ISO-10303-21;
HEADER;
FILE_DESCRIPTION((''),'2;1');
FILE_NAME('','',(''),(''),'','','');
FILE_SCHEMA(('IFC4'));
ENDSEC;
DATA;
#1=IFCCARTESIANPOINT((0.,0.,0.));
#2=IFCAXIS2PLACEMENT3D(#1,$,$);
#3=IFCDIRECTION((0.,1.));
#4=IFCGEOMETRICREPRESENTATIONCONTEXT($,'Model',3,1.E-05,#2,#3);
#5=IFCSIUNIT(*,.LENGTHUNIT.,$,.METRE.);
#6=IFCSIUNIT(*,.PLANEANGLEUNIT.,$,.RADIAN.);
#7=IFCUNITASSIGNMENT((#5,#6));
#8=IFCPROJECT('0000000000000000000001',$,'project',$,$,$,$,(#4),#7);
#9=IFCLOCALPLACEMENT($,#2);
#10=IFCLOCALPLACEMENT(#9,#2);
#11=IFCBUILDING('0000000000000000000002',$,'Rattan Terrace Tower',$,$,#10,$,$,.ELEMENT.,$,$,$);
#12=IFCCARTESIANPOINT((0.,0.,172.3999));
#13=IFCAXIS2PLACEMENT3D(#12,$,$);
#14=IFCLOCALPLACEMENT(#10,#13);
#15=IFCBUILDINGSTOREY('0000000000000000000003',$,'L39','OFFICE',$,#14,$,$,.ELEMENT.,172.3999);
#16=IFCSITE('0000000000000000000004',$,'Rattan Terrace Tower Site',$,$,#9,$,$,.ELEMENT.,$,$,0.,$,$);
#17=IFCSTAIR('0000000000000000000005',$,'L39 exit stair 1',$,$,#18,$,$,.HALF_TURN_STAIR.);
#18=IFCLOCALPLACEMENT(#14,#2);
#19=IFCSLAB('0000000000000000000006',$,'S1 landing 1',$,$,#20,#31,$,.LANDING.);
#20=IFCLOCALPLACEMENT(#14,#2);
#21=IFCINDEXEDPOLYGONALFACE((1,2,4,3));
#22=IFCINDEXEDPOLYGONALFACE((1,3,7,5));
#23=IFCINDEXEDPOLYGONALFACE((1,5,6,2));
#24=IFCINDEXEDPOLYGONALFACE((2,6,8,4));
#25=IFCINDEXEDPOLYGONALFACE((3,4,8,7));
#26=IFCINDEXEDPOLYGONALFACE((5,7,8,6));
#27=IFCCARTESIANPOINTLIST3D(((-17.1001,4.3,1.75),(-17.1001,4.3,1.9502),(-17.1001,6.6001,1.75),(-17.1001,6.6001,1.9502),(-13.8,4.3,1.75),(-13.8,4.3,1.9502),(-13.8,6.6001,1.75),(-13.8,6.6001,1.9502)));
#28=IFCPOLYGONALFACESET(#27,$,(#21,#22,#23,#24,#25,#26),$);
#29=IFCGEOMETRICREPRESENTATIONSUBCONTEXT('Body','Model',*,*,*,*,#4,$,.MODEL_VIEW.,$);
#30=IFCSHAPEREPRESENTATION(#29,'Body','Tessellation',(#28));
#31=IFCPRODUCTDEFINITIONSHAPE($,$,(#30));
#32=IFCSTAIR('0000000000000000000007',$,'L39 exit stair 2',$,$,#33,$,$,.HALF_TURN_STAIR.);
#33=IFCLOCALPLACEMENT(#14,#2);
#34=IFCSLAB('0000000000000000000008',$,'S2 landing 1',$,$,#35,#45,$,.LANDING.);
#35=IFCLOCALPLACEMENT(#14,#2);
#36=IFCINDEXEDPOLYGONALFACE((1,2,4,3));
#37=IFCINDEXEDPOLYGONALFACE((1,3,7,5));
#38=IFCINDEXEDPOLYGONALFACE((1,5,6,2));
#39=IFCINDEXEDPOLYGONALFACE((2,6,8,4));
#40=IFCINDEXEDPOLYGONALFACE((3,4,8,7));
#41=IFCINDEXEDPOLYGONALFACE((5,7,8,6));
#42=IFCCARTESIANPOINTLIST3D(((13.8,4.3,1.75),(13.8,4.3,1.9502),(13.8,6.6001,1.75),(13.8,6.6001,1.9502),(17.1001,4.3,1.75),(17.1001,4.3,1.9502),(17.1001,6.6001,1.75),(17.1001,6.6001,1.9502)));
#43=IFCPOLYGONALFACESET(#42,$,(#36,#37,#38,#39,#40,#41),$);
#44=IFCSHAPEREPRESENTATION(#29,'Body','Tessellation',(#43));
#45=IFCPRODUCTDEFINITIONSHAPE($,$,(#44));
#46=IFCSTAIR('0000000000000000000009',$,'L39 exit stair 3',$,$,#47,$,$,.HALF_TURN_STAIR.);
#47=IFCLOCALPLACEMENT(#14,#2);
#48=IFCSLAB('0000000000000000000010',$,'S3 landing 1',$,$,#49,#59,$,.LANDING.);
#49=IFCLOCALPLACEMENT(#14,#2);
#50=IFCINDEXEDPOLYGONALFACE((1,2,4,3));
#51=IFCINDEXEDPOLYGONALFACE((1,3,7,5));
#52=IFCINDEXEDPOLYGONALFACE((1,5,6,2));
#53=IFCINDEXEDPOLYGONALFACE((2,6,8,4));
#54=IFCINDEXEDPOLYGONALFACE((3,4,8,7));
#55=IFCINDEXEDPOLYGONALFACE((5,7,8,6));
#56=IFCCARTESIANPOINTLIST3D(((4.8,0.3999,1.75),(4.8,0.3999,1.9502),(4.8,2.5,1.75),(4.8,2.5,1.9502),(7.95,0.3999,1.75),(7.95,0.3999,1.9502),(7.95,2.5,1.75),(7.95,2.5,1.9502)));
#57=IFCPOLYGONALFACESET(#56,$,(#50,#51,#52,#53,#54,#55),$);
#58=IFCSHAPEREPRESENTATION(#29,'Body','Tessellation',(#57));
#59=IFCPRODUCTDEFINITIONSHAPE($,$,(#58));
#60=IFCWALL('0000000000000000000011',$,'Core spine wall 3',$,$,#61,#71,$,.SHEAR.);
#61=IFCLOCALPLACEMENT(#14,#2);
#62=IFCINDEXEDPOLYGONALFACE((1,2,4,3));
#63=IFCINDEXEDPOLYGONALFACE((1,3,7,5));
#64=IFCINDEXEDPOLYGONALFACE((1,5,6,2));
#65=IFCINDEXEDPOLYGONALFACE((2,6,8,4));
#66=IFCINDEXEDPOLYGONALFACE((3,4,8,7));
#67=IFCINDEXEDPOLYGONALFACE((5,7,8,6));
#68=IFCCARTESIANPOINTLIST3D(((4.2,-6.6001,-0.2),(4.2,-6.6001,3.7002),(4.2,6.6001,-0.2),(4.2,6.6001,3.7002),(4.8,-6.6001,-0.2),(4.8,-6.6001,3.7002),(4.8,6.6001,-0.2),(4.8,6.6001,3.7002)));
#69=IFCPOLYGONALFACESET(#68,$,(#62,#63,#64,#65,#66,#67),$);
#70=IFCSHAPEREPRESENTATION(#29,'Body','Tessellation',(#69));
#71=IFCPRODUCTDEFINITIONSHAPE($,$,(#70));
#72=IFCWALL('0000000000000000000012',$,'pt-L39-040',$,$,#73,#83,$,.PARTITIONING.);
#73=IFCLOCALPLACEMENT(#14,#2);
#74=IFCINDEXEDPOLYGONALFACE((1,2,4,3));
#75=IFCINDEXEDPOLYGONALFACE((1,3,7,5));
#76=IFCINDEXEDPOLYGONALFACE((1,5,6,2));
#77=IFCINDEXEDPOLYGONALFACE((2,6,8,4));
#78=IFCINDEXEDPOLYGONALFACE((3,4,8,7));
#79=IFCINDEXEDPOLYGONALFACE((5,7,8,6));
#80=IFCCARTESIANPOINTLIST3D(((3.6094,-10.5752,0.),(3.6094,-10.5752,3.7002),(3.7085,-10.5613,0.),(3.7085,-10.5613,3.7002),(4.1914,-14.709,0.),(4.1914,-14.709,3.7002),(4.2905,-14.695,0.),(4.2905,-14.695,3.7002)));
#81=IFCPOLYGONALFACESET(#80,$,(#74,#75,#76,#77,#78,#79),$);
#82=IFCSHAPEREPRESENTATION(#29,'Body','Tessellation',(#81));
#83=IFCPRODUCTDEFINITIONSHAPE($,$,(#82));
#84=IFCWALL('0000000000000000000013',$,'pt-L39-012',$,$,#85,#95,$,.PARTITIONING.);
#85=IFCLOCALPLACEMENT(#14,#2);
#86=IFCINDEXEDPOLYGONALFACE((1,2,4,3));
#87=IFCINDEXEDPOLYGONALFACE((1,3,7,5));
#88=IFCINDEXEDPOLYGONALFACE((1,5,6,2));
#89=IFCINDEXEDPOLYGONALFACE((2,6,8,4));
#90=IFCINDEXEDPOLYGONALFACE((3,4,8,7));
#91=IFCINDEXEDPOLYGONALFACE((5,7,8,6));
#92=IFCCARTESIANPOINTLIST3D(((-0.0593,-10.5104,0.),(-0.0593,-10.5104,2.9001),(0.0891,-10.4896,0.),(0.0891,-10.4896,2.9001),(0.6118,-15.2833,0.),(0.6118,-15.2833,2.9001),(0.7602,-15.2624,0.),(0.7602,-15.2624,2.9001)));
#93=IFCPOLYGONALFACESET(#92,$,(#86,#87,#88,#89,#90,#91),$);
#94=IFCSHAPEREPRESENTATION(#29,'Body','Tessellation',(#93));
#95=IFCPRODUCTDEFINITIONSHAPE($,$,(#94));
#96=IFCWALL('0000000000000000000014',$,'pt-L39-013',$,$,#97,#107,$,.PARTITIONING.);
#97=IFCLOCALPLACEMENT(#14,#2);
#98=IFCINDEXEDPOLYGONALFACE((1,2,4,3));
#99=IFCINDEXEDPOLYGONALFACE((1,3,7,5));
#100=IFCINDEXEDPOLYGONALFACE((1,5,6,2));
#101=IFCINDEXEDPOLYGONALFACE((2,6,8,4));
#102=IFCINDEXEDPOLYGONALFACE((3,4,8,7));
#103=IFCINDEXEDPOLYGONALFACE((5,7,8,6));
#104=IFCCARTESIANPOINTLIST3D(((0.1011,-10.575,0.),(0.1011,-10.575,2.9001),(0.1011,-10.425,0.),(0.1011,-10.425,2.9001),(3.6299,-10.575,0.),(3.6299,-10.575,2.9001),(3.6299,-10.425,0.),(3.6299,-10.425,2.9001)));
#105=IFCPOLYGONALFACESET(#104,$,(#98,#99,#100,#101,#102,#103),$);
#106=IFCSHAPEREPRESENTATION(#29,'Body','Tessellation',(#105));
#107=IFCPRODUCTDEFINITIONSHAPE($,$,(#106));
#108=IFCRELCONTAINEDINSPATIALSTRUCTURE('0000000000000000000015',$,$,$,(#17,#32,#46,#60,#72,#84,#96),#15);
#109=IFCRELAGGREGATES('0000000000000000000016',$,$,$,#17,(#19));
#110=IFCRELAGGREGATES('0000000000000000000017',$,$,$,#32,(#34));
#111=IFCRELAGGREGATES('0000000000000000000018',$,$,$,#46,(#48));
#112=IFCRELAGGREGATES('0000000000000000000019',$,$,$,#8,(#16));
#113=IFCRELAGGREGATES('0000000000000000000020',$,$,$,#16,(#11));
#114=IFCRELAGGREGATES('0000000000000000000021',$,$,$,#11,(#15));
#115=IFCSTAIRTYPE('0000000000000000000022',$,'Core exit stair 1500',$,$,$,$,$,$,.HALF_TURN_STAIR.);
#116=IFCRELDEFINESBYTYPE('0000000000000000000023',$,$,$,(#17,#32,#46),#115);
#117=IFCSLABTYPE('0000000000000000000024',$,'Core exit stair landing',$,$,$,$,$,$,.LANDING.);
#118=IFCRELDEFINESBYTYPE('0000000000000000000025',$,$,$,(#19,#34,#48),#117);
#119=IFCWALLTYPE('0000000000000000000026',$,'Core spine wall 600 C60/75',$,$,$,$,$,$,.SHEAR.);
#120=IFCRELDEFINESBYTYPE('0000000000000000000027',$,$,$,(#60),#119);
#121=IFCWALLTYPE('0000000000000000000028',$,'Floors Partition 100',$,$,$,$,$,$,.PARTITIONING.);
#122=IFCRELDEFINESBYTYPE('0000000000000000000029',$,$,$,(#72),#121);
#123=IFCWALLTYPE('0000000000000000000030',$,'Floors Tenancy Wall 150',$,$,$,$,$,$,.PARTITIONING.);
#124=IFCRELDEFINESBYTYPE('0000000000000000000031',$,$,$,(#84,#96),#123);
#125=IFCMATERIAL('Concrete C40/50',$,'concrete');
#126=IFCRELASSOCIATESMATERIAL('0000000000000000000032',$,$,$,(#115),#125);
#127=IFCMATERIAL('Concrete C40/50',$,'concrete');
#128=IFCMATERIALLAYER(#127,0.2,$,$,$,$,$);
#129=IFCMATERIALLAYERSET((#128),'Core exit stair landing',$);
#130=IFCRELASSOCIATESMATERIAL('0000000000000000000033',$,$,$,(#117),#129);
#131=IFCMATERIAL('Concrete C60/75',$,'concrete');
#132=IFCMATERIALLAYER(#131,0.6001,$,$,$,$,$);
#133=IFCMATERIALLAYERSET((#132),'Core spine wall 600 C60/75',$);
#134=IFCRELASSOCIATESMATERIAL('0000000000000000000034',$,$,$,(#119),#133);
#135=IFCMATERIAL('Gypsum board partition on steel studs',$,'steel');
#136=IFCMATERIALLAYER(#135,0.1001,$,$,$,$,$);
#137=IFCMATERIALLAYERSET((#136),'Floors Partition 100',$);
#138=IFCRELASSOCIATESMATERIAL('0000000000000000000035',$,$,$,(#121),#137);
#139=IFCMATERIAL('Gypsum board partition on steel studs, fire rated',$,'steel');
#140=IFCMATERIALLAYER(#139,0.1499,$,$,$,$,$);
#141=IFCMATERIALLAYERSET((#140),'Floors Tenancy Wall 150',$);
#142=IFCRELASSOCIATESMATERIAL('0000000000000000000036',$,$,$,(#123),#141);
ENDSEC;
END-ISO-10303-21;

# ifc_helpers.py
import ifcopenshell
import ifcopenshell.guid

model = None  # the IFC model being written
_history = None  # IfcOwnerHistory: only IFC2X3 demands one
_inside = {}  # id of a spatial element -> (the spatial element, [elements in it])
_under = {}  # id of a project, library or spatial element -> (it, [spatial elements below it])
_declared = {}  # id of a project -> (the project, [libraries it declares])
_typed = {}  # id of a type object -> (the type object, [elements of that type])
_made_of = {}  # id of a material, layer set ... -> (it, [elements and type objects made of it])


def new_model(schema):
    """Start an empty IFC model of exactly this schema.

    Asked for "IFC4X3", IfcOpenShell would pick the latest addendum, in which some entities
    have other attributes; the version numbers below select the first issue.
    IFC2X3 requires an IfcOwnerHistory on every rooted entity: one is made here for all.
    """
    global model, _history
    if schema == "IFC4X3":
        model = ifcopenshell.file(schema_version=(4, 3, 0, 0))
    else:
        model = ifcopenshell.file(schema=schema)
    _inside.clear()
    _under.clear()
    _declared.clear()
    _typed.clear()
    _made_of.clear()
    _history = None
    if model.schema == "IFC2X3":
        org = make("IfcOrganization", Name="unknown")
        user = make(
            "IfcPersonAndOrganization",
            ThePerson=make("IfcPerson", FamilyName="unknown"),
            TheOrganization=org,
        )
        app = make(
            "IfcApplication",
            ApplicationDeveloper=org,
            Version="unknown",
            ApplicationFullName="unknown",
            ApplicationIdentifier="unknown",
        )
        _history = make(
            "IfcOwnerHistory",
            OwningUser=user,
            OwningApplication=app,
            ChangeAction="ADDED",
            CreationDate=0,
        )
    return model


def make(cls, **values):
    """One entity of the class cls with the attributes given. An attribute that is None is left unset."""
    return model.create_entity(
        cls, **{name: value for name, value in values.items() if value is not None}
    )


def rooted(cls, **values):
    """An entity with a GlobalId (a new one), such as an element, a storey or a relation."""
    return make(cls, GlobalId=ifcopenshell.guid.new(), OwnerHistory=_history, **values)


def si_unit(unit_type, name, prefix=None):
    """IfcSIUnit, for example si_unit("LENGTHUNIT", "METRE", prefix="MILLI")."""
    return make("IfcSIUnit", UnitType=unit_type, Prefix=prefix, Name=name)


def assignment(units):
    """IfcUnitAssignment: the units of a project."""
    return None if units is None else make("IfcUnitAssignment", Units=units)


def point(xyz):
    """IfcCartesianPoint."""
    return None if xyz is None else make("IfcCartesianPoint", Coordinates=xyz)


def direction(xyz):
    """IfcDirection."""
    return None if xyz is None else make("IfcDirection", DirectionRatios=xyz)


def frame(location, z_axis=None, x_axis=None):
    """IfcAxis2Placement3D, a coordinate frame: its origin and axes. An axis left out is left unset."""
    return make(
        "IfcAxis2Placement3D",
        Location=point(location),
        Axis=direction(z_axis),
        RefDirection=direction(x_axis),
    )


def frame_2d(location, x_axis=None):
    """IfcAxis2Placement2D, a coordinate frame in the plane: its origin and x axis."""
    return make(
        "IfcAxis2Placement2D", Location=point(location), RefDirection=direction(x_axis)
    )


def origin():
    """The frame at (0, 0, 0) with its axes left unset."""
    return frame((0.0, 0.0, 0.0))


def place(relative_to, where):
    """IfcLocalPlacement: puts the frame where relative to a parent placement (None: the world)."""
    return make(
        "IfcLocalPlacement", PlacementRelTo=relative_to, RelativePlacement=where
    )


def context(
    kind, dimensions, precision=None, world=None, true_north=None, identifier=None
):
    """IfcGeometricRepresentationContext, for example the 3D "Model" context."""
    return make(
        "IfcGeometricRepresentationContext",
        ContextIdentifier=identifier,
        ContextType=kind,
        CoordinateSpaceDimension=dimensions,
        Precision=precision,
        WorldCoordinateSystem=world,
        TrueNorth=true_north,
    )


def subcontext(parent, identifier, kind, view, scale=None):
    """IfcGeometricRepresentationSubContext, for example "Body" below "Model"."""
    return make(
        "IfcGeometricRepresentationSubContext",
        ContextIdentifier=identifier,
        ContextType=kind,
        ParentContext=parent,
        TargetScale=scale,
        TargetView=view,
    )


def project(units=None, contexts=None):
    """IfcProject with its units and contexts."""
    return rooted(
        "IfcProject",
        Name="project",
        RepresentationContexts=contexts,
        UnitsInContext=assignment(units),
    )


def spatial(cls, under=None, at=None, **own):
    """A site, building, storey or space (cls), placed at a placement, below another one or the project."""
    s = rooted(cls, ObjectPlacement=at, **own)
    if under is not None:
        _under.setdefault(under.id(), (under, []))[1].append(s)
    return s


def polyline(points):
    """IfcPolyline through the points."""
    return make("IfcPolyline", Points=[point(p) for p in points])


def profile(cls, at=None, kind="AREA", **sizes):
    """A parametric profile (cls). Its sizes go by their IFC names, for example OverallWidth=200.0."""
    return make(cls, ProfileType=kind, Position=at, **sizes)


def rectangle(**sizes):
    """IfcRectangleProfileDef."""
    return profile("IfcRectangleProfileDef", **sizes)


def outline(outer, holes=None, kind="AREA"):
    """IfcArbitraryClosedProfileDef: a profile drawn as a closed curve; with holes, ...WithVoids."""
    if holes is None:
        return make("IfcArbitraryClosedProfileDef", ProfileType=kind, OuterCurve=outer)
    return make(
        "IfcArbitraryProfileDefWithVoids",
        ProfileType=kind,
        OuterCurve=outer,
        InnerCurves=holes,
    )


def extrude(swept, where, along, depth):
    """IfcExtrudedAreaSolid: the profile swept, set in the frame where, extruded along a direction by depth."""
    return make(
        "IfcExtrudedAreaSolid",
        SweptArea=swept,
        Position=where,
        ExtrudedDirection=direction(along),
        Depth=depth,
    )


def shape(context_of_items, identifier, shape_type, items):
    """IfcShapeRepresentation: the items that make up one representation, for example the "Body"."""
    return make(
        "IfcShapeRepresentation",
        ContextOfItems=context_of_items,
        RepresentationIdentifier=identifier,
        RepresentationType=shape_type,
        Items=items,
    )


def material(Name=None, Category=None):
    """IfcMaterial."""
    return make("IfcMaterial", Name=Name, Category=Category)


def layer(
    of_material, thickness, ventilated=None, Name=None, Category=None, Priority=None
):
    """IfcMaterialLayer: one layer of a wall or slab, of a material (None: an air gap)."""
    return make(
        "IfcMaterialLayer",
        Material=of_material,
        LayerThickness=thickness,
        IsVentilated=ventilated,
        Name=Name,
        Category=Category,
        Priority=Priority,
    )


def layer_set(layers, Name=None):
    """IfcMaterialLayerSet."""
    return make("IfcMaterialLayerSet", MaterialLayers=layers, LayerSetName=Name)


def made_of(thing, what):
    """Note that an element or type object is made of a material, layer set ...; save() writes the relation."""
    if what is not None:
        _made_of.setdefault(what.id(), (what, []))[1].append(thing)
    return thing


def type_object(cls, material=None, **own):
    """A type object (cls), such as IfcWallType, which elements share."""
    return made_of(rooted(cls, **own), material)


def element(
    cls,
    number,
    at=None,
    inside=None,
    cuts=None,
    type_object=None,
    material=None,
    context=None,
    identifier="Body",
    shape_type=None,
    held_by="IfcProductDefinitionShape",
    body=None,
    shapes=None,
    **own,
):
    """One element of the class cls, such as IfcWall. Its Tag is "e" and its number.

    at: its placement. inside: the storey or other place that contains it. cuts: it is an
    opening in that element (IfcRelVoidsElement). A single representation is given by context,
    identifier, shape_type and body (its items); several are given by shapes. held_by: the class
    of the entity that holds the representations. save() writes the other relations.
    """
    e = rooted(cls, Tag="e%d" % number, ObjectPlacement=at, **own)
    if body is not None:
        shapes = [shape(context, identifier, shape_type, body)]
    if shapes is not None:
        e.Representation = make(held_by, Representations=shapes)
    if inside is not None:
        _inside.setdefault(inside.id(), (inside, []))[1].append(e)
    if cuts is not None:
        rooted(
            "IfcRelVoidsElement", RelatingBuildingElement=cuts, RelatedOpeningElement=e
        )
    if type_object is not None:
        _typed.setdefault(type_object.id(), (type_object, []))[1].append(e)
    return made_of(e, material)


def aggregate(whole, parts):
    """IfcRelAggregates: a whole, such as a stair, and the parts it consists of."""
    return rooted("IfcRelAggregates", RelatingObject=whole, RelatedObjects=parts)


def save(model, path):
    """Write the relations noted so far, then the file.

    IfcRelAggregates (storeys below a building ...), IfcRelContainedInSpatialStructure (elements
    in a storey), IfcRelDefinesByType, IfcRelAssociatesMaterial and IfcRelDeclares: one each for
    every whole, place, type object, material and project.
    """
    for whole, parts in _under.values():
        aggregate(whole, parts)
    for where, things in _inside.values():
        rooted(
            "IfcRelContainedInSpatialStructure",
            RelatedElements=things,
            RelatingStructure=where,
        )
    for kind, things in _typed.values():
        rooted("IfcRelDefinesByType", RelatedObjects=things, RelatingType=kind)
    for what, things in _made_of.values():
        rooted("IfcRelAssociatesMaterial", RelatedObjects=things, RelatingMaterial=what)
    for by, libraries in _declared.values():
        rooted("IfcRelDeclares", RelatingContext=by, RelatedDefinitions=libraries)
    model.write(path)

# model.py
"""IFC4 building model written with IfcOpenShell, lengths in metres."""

from ifc_helpers import new_model, si_unit, direction, frame, frame_2d, origin, place, context, subcontext, project, spatial, polyline, rectangle, outline, extrude, material, layer, layer_set, type_object, element, aggregate, save


model = new_model("IFC4")

# Units and contexts
model_context = context("Model", 3, precision=1e-05, world=origin(), true_north=direction((0.0, 1.0)))
body_context = subcontext(model_context, "Body", "Model", "MODEL_VIEW")
ifc_project = project(units=[si_unit("LENGTHUNIT", "METRE"), si_unit("PLANEANGLEUNIT", "RADIAN")], contexts=[model_context])

# Site, building, storey
site_placement = place(None, origin())
site = spatial("IfcSite", under=ifc_project, at=site_placement, Name="Rattan Terrace Tower Site", CompositionType="ELEMENT", RefElevation=0.0)
building_placement = place(site_placement, origin())
building = spatial("IfcBuilding", under=site, at=building_placement, Name="Rattan Terrace Tower", CompositionType="ELEMENT")
storey_placement = place(building_placement, frame((0.0, 0.0, 172.3999)))
storey = spatial("IfcBuildingStorey", under=building, at=storey_placement, Name="L39", Description="OFFICE", CompositionType="ELEMENT", Elevation=172.3999)

# Stairs, slabs
ifc_material_1 = material(Name="Concrete C40/50", Category="concrete")
stair_type = type_object("IfcStairType", Name="Core exit stair 1500", PredefinedType="HALF_TURN_STAIR", material=ifc_material_1)
stair_1_placement = place(storey_placement, origin())
stair_1 = element("IfcStair", 1, at=stair_1_placement, inside=storey, type_object=stair_type, Name="L39 exit stair 1", PredefinedType="HALF_TURN_STAIR")
ifc_material_2 = material(Name="Concrete C40/50", Category="concrete")
ifc_layer_1 = layer(ifc_material_2, 0.2)
ifc_layer_set_1 = layer_set([ifc_layer_1], Name="Core exit stair landing")
slab_type = type_object("IfcSlabType", Name="Core exit stair landing", PredefinedType="LANDING", material=ifc_layer_set_1)
slab_1_placement = place(storey_placement, frame((0.0, 0.0, 1.75)))
slab_1 = element("IfcSlab", 2, at=slab_1_placement, type_object=slab_type, Name="S1 landing 1", PredefinedType="LANDING", context=body_context, shape_type="SweptSolid", body=[
    extrude(outline(polyline([(-13.8, 4.3), (-13.8, 6.6001), (-17.1001, 6.6001), (-17.1001, 4.3), (-13.8, 4.3)])), origin(), (0.0, 0.0, 1.0), 0.2002),
])
aggregate(stair_1, [slab_1])
stair_2_placement = place(storey_placement, origin())
stair_2 = element("IfcStair", 3, at=stair_2_placement, inside=storey, type_object=stair_type, Name="L39 exit stair 2", PredefinedType="HALF_TURN_STAIR")
slab_2_placement = place(storey_placement, frame((0.0, 0.0, 1.75)))
slab_2 = element("IfcSlab", 4, at=slab_2_placement, type_object=slab_type, Name="S2 landing 1", PredefinedType="LANDING", context=body_context, shape_type="SweptSolid", body=[
    extrude(outline(polyline([(17.1001, 4.3), (17.1001, 6.6001), (13.8, 6.6001), (13.8, 4.3), (17.1001, 4.3)])), origin(), (0.0, 0.0, 1.0), 0.2002),
])
aggregate(stair_2, [slab_2])
stair_3_placement = place(storey_placement, origin())
stair_3 = element("IfcStair", 5, at=stair_3_placement, inside=storey, type_object=stair_type, Name="L39 exit stair 3", PredefinedType="HALF_TURN_STAIR")
slab_3_placement = place(storey_placement, frame((0.0, 0.0, 1.75)))
slab_3 = element("IfcSlab", 6, at=slab_3_placement, type_object=slab_type, Name="S3 landing 1", PredefinedType="LANDING", context=body_context, shape_type="SweptSolid", body=[
    extrude(outline(polyline([(4.8, 2.5), (4.8, 0.3999), (7.95, 0.3999), (7.95, 2.5), (4.8, 2.5)])), origin(), (0.0, 0.0, 1.0), 0.2002),
])
aggregate(stair_3, [slab_3])

# Walls
ifc_material_3 = material(Name="Concrete C60/75", Category="concrete")
ifc_layer_2 = layer(ifc_material_3, 0.6001)
ifc_layer_set_2 = layer_set([ifc_layer_2], Name="Core spine wall 600 C60/75")
wall_type_1 = type_object("IfcWallType", Name="Core spine wall 600 C60/75", PredefinedType="SHEAR", material=ifc_layer_set_2)
wall_1_placement = place(storey_placement, frame((4.5, -6.6001, -0.2), z_axis=(0.0, 0.0, 1.0), x_axis=(0.0, 1.0, 0.0)))
element("IfcWall", 7, at=wall_1_placement, inside=storey, type_object=wall_type_1, Name="Core spine wall 3", PredefinedType="SHEAR", context=body_context, shape_type="SweptSolid", body=[
    extrude(rectangle(XDim=13.2002, YDim=0.6001, at=frame_2d((6.6001, 0.0))), origin(), (0.0, 0.0, 1.0), 3.9001),
])
ifc_material_4 = material(Name="Gypsum board partition on steel studs", Category="steel")
ifc_layer_3 = layer(ifc_material_4, 0.1001)
ifc_layer_set_3 = layer_set([ifc_layer_3], Name="Floors Partition 100")
wall_type_2 = type_object("IfcWallType", Name="Floors Partition 100", PredefinedType="PARTITIONING", material=ifc_layer_set_3)
wall_2_placement = place(storey_placement, frame((3.6589, -10.5681, 0.0), z_axis=(0.0, 0.0, 1.0), x_axis=(0.139423, -0.990233, 0.0)))
element("IfcWall", 8, at=wall_2_placement, inside=storey, type_object=wall_type_2, Name="pt-L39-040", PredefinedType="PARTITIONING", context=body_context, shape_type="SweptSolid", body=[
    extrude(rectangle(XDim=4.1746, YDim=0.1001, at=frame_2d((2.0874, 0.0))), origin(), (0.0, 0.0, 1.0), 3.7002),
])
ifc_material_5 = material(Name="Gypsum board partition on steel studs, fire rated", Category="steel")
ifc_layer_4 = layer(ifc_material_5, 0.1499)
ifc_layer_set_4 = layer_set([ifc_layer_4], Name="Floors Tenancy Wall 150")
wall_type_3 = type_object("IfcWallType", Name="Floors Tenancy Wall 150", PredefinedType="PARTITIONING", material=ifc_layer_set_4)
wall_3_placement = place(storey_placement, frame((0.0149, -10.5, 0.0), z_axis=(0.0, 0.0, 1.0), x_axis=(0.139244, -0.990258, 0.0)))
element("IfcWall", 9, at=wall_3_placement, inside=storey, type_object=wall_type_3, Name="pt-L39-012", PredefinedType="PARTITIONING", context=body_context, shape_type="SweptSolid", body=[
    extrude(rectangle(XDim=4.8198, YDim=0.1499, at=frame_2d((2.4099, 0.0))), origin(), (0.0, 0.0, 1.0), 2.9001),
])
wall_4_placement = place(storey_placement, frame((3.6299, -10.5, 0.0), z_axis=(0.0, 0.0, 1.0), x_axis=(-1.0, 0.0, 0.0)))
element("IfcWall", 10, at=wall_4_placement, inside=storey, type_object=wall_type_3, Name="pt-L39-013", PredefinedType="PARTITIONING", context=body_context, shape_type="SweptSolid", body=[
    extrude(rectangle(XDim=3.5288, YDim=0.1499, at=frame_2d((1.7644, 0.0))), origin(), (0.0, 0.0, 1.0), 2.9001),
])

save(model, "model.ifc")
